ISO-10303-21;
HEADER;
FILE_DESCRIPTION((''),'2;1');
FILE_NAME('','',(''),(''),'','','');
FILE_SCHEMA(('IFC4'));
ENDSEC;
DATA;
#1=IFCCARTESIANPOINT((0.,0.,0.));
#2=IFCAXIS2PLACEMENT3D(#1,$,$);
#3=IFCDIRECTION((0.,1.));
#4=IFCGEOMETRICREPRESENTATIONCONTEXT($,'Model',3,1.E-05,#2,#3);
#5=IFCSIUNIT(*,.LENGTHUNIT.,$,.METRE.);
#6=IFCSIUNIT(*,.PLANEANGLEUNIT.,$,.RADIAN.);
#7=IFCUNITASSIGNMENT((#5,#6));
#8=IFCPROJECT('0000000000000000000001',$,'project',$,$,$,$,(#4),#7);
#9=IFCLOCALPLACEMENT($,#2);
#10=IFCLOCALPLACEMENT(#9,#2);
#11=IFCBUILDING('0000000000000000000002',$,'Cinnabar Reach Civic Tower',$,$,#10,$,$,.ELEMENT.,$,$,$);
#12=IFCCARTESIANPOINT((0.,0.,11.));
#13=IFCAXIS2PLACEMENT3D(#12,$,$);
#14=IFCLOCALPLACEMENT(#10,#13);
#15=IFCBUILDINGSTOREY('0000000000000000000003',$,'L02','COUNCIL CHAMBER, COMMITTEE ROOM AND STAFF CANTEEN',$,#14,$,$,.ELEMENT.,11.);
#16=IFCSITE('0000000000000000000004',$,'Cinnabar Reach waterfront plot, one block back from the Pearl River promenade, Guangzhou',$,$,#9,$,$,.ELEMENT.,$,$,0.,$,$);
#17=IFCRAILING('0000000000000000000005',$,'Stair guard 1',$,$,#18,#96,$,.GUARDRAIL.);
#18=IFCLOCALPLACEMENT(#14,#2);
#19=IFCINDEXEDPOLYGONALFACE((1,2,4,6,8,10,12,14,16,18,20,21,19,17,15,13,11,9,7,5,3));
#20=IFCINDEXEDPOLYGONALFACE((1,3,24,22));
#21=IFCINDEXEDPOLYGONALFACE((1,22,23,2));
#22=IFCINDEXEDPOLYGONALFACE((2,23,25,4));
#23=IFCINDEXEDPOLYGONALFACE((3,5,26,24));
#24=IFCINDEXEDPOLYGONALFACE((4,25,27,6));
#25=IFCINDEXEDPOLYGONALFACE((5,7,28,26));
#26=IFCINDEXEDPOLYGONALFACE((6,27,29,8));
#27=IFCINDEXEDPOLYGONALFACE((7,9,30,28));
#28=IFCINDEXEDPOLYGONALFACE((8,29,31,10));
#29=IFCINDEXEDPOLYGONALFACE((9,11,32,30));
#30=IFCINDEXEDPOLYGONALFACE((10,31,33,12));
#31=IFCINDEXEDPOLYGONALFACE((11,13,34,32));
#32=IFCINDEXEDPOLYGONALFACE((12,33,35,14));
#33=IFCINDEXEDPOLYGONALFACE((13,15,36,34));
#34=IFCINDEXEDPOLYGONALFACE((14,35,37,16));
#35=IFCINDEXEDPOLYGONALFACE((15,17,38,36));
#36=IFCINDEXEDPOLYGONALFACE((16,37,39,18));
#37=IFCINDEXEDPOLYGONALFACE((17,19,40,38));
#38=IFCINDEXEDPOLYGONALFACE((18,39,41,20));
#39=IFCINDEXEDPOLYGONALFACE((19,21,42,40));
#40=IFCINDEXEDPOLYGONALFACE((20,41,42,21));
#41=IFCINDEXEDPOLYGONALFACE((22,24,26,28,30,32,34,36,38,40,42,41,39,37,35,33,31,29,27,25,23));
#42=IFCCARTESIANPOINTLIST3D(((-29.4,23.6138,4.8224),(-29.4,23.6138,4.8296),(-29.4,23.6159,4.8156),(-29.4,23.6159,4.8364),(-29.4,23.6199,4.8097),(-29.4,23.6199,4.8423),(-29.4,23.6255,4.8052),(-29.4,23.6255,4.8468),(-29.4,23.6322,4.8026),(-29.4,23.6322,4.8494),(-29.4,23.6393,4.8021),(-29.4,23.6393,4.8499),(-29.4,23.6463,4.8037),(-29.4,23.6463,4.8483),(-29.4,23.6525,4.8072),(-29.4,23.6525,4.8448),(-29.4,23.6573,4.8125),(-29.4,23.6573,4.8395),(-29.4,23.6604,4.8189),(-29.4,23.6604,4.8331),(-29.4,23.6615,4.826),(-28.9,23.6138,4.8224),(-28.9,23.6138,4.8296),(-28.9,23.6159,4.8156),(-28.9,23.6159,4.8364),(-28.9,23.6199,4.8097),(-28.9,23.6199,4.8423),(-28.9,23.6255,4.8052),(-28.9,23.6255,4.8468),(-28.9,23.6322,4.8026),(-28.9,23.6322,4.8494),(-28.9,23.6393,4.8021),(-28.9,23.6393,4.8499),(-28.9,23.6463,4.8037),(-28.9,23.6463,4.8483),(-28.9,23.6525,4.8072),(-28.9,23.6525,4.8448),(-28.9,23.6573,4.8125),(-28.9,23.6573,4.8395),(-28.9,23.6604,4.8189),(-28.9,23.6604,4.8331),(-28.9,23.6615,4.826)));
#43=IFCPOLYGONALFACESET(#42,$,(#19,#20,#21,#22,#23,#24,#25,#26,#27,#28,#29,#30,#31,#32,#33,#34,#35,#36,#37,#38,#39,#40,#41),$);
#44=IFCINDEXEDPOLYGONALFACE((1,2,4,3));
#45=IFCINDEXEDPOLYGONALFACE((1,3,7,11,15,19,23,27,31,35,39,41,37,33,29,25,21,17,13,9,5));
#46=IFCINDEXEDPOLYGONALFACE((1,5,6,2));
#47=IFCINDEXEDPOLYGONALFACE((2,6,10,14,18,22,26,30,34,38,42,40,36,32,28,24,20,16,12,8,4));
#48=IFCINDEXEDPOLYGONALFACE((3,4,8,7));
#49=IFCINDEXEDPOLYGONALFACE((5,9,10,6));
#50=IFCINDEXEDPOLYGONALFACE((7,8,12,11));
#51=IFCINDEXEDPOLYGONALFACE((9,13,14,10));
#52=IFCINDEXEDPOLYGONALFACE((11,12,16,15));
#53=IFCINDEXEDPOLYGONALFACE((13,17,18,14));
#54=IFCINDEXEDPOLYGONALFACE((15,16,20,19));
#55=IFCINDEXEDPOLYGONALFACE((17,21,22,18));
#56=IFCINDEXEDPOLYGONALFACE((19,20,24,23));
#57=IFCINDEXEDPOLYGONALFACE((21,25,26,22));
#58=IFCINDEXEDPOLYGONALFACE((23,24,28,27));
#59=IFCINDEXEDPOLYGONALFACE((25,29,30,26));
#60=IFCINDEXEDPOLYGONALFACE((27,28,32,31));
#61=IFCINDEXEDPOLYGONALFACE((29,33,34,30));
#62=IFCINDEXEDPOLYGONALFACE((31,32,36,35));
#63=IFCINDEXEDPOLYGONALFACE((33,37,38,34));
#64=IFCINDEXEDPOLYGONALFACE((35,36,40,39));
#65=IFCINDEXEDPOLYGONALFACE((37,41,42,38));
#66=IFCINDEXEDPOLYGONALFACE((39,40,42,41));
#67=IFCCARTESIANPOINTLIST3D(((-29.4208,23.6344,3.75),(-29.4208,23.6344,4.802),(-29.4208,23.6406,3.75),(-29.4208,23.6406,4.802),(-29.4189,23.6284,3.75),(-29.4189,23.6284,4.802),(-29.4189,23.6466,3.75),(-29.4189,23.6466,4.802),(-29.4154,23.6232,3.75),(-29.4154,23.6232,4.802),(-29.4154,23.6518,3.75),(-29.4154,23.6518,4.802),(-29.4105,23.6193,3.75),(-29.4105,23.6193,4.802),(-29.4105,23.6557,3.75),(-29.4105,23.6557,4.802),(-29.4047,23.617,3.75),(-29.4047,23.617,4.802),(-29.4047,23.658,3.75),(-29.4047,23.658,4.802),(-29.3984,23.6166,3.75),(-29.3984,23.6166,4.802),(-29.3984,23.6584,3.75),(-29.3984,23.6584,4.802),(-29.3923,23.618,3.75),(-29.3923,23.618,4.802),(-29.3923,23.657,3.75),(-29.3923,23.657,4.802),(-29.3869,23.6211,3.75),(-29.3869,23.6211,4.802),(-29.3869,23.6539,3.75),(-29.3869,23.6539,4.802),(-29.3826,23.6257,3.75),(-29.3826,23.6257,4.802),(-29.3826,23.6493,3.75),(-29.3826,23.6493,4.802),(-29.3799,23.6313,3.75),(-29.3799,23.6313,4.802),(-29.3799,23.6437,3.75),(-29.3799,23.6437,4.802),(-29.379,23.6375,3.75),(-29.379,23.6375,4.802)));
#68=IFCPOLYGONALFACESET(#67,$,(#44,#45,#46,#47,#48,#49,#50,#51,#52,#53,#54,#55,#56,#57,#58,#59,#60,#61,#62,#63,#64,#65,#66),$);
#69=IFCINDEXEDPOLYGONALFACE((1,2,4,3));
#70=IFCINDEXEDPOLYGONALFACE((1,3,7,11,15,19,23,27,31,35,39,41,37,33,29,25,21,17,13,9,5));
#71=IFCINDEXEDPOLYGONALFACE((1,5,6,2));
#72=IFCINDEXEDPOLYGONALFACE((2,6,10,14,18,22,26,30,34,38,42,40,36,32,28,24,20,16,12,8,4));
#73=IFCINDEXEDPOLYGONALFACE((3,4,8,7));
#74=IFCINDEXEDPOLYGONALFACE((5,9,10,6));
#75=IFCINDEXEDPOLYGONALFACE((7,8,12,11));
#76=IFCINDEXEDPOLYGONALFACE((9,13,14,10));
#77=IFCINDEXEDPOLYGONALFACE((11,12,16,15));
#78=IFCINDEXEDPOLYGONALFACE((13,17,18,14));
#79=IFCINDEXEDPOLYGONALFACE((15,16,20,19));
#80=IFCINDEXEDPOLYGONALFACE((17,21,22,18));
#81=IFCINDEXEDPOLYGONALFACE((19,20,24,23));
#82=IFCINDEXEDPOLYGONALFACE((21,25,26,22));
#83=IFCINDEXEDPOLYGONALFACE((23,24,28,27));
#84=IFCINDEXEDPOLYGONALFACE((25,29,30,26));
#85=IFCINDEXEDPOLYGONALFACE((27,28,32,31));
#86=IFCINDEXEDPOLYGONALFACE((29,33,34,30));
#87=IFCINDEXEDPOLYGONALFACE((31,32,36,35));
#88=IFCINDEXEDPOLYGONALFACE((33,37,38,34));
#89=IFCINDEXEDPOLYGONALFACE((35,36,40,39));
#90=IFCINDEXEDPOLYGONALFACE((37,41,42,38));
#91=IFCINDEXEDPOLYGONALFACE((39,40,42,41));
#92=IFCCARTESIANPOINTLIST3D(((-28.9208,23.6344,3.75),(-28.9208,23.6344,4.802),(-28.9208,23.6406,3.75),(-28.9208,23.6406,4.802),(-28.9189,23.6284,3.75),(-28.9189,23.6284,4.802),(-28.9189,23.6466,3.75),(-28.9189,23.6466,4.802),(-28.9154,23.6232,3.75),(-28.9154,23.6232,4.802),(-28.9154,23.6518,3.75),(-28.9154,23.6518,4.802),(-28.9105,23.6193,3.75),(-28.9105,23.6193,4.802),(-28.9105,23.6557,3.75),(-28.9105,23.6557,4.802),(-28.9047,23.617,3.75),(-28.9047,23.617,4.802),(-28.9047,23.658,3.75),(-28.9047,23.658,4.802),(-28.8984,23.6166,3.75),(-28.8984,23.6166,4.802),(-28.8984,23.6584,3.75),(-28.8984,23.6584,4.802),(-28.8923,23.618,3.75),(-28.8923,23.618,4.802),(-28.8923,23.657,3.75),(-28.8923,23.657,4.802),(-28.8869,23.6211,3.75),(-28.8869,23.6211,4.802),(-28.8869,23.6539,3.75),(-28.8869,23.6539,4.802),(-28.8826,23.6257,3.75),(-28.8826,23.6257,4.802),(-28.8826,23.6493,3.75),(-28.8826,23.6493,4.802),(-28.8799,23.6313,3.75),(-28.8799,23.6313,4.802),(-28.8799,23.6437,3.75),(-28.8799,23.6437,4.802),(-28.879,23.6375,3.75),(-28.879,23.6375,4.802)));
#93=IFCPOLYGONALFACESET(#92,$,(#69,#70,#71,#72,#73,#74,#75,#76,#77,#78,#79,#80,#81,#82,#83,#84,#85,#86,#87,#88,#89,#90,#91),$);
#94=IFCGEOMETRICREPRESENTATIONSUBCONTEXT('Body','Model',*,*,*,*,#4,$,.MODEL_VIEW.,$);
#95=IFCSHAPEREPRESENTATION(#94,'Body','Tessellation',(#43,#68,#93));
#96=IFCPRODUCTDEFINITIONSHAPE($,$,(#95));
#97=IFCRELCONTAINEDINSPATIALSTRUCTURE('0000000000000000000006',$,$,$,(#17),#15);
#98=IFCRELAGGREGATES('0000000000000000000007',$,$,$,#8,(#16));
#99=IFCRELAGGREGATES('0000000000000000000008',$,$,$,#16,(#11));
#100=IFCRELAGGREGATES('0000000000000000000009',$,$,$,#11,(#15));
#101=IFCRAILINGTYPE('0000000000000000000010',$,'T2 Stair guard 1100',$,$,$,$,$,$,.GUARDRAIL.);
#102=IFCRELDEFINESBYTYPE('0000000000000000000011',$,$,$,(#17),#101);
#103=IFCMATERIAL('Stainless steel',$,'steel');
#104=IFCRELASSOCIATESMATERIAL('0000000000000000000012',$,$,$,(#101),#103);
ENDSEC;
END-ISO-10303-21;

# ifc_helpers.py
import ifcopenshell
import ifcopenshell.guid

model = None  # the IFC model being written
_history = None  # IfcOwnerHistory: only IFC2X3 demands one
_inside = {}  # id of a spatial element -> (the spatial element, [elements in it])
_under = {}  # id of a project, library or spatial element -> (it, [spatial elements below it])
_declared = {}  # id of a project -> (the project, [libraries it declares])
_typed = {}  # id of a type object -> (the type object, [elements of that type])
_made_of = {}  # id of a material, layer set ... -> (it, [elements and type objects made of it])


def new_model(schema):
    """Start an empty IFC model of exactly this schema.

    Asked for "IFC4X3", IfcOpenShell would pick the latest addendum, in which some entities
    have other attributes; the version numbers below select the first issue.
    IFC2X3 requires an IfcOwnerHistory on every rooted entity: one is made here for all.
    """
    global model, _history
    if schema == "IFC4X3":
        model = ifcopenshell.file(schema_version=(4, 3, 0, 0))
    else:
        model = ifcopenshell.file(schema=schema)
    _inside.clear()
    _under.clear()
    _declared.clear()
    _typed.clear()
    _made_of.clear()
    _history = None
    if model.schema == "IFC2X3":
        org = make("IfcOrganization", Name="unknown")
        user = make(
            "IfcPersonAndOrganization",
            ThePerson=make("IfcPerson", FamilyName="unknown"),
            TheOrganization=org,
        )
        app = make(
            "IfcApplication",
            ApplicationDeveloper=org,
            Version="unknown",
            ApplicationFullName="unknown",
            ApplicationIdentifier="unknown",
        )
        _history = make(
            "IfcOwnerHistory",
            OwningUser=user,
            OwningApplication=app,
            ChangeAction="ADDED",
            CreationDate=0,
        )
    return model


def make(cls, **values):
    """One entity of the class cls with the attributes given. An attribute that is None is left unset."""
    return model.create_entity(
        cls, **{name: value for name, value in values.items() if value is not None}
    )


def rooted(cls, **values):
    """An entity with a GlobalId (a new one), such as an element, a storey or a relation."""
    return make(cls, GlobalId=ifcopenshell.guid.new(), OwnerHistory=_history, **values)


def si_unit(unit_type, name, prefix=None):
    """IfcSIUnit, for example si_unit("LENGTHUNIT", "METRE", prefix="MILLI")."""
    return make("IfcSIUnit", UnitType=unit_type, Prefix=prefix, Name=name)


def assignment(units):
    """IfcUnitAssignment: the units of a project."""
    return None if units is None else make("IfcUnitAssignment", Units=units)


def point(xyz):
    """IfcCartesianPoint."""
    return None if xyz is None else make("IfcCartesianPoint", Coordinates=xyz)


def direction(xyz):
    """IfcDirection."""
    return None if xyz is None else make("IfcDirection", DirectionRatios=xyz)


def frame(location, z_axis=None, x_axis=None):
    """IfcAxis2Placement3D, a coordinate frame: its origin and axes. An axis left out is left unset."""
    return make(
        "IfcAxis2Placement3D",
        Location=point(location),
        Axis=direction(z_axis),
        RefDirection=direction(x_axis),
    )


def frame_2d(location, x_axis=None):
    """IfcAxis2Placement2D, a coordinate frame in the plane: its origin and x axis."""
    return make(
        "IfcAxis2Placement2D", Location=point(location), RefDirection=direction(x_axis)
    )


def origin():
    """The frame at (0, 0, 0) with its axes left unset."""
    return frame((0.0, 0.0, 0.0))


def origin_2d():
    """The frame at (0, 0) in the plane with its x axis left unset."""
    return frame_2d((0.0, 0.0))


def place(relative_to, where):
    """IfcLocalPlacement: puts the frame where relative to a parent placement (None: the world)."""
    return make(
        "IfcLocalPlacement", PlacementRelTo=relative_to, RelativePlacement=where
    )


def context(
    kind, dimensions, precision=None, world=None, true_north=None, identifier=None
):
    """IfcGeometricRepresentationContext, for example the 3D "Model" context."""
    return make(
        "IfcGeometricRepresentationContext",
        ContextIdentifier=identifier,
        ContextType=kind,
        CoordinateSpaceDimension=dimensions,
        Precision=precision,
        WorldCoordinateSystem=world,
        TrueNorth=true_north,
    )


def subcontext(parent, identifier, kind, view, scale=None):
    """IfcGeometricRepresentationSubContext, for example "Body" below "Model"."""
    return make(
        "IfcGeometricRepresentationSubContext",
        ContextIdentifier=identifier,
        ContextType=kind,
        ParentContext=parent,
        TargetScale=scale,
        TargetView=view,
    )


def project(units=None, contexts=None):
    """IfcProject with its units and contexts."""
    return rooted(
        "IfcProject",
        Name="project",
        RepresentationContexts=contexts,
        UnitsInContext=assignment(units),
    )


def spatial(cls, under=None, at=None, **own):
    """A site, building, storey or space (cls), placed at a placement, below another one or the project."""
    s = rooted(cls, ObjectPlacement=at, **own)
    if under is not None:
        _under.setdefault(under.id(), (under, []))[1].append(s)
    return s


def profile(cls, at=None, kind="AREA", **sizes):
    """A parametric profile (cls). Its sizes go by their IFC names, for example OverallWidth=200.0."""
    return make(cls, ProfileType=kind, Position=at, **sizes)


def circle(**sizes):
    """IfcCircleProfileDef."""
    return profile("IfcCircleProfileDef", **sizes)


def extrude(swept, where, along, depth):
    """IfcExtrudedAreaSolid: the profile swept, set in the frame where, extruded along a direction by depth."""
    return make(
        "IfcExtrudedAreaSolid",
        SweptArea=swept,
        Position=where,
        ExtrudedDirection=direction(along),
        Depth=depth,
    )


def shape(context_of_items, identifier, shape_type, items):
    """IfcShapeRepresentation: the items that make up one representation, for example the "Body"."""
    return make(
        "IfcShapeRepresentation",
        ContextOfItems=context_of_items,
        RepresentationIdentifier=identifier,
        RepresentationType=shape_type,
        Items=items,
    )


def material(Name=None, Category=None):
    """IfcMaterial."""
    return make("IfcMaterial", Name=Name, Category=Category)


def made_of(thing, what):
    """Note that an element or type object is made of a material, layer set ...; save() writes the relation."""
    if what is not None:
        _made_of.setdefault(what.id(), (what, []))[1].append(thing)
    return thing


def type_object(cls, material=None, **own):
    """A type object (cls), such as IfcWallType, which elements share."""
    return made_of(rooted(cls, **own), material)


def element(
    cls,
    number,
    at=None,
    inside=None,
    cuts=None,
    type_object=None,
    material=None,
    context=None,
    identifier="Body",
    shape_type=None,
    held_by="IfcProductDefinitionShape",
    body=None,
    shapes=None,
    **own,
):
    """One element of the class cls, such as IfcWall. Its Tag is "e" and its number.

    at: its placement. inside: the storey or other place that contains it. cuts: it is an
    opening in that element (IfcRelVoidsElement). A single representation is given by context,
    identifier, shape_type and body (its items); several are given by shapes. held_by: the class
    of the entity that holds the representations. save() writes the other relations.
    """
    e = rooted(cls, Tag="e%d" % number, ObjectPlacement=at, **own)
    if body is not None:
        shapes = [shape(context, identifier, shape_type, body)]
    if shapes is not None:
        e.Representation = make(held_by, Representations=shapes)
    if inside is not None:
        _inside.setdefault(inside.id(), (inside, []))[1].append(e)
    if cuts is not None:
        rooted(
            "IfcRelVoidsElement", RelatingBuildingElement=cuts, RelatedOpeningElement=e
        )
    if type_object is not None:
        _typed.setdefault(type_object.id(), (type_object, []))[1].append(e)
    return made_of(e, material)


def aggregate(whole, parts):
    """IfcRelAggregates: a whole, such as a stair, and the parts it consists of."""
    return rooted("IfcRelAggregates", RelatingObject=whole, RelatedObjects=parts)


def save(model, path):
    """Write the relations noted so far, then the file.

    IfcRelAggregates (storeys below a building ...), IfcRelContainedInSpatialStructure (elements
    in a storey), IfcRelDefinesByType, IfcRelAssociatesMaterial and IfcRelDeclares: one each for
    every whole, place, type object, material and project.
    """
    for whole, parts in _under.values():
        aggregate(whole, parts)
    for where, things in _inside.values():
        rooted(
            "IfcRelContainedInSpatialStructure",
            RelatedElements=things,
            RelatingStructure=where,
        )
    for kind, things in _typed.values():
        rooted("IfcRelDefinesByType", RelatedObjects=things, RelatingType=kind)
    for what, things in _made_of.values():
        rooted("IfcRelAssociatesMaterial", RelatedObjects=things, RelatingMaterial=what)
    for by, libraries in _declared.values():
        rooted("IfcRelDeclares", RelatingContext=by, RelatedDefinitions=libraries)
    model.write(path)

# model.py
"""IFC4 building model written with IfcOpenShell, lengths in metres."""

from ifc_helpers import new_model, si_unit, direction, frame, origin, origin_2d, place, context, subcontext, project, spatial, circle, extrude, material, type_object, element, save


model = new_model("IFC4")

# Units and contexts
model_context = context("Model", 3, precision=1e-05, world=origin(), true_north=direction((0.0, 1.0)))
body_context = subcontext(model_context, "Body", "Model", "MODEL_VIEW")
ifc_project = project(units=[si_unit("LENGTHUNIT", "METRE"), si_unit("PLANEANGLEUNIT", "RADIAN")], contexts=[model_context])

# Site, building, storey
site_placement = place(None, origin())
site = spatial("IfcSite", under=ifc_project, at=site_placement, Name="Cinnabar Reach waterfront plot, one block back from the Pearl River promenade, Guangzhou", CompositionType="ELEMENT", RefElevation=0.0)
building_placement = place(site_placement, origin())
building = spatial("IfcBuilding", under=site, at=building_placement, Name="Cinnabar Reach Civic Tower", CompositionType="ELEMENT")
storey_placement = place(building_placement, frame((0.0, 0.0, 11.0)))
storey = spatial("IfcBuildingStorey", under=building, at=storey_placement, Name="L02", Description="COUNCIL CHAMBER, COMMITTEE ROOM AND STAFF CANTEEN", CompositionType="ELEMENT", Elevation=11.0)

# Railing
ifc_material_1 = material(Name="Stainless steel", Category="steel")
railing_type = type_object("IfcRailingType", Name="T2 Stair guard 1100", PredefinedType="GUARDRAIL", material=ifc_material_1)
railing_1_placement = place(storey_placement, frame((-29.4, 23.6375, 3.75)))
element("IfcRailing", 1, at=railing_1_placement, inside=storey, type_object=railing_type, Name="Stair guard 1", PredefinedType="GUARDRAIL", context=body_context, shape_type="SweptSolid", body=[
    extrude(circle(Radius=0.024, at=origin_2d()), frame((0.0, 0.0, 1.076), z_axis=(1.0, 0.0, 0.0), x_axis=(0.0, 1.0, 0.0)), (0.0, 0.0, 1.0), 0.5),
    extrude(circle(Radius=0.021, at=origin_2d()), origin(), (0.0, 0.0, 1.0), 1.052),
    extrude(circle(Radius=0.021, at=origin_2d()), frame((0.5, 0.0, 0.0)), (0.0, 0.0, 1.0), 1.052),
])

save(model, "model.ifc")
